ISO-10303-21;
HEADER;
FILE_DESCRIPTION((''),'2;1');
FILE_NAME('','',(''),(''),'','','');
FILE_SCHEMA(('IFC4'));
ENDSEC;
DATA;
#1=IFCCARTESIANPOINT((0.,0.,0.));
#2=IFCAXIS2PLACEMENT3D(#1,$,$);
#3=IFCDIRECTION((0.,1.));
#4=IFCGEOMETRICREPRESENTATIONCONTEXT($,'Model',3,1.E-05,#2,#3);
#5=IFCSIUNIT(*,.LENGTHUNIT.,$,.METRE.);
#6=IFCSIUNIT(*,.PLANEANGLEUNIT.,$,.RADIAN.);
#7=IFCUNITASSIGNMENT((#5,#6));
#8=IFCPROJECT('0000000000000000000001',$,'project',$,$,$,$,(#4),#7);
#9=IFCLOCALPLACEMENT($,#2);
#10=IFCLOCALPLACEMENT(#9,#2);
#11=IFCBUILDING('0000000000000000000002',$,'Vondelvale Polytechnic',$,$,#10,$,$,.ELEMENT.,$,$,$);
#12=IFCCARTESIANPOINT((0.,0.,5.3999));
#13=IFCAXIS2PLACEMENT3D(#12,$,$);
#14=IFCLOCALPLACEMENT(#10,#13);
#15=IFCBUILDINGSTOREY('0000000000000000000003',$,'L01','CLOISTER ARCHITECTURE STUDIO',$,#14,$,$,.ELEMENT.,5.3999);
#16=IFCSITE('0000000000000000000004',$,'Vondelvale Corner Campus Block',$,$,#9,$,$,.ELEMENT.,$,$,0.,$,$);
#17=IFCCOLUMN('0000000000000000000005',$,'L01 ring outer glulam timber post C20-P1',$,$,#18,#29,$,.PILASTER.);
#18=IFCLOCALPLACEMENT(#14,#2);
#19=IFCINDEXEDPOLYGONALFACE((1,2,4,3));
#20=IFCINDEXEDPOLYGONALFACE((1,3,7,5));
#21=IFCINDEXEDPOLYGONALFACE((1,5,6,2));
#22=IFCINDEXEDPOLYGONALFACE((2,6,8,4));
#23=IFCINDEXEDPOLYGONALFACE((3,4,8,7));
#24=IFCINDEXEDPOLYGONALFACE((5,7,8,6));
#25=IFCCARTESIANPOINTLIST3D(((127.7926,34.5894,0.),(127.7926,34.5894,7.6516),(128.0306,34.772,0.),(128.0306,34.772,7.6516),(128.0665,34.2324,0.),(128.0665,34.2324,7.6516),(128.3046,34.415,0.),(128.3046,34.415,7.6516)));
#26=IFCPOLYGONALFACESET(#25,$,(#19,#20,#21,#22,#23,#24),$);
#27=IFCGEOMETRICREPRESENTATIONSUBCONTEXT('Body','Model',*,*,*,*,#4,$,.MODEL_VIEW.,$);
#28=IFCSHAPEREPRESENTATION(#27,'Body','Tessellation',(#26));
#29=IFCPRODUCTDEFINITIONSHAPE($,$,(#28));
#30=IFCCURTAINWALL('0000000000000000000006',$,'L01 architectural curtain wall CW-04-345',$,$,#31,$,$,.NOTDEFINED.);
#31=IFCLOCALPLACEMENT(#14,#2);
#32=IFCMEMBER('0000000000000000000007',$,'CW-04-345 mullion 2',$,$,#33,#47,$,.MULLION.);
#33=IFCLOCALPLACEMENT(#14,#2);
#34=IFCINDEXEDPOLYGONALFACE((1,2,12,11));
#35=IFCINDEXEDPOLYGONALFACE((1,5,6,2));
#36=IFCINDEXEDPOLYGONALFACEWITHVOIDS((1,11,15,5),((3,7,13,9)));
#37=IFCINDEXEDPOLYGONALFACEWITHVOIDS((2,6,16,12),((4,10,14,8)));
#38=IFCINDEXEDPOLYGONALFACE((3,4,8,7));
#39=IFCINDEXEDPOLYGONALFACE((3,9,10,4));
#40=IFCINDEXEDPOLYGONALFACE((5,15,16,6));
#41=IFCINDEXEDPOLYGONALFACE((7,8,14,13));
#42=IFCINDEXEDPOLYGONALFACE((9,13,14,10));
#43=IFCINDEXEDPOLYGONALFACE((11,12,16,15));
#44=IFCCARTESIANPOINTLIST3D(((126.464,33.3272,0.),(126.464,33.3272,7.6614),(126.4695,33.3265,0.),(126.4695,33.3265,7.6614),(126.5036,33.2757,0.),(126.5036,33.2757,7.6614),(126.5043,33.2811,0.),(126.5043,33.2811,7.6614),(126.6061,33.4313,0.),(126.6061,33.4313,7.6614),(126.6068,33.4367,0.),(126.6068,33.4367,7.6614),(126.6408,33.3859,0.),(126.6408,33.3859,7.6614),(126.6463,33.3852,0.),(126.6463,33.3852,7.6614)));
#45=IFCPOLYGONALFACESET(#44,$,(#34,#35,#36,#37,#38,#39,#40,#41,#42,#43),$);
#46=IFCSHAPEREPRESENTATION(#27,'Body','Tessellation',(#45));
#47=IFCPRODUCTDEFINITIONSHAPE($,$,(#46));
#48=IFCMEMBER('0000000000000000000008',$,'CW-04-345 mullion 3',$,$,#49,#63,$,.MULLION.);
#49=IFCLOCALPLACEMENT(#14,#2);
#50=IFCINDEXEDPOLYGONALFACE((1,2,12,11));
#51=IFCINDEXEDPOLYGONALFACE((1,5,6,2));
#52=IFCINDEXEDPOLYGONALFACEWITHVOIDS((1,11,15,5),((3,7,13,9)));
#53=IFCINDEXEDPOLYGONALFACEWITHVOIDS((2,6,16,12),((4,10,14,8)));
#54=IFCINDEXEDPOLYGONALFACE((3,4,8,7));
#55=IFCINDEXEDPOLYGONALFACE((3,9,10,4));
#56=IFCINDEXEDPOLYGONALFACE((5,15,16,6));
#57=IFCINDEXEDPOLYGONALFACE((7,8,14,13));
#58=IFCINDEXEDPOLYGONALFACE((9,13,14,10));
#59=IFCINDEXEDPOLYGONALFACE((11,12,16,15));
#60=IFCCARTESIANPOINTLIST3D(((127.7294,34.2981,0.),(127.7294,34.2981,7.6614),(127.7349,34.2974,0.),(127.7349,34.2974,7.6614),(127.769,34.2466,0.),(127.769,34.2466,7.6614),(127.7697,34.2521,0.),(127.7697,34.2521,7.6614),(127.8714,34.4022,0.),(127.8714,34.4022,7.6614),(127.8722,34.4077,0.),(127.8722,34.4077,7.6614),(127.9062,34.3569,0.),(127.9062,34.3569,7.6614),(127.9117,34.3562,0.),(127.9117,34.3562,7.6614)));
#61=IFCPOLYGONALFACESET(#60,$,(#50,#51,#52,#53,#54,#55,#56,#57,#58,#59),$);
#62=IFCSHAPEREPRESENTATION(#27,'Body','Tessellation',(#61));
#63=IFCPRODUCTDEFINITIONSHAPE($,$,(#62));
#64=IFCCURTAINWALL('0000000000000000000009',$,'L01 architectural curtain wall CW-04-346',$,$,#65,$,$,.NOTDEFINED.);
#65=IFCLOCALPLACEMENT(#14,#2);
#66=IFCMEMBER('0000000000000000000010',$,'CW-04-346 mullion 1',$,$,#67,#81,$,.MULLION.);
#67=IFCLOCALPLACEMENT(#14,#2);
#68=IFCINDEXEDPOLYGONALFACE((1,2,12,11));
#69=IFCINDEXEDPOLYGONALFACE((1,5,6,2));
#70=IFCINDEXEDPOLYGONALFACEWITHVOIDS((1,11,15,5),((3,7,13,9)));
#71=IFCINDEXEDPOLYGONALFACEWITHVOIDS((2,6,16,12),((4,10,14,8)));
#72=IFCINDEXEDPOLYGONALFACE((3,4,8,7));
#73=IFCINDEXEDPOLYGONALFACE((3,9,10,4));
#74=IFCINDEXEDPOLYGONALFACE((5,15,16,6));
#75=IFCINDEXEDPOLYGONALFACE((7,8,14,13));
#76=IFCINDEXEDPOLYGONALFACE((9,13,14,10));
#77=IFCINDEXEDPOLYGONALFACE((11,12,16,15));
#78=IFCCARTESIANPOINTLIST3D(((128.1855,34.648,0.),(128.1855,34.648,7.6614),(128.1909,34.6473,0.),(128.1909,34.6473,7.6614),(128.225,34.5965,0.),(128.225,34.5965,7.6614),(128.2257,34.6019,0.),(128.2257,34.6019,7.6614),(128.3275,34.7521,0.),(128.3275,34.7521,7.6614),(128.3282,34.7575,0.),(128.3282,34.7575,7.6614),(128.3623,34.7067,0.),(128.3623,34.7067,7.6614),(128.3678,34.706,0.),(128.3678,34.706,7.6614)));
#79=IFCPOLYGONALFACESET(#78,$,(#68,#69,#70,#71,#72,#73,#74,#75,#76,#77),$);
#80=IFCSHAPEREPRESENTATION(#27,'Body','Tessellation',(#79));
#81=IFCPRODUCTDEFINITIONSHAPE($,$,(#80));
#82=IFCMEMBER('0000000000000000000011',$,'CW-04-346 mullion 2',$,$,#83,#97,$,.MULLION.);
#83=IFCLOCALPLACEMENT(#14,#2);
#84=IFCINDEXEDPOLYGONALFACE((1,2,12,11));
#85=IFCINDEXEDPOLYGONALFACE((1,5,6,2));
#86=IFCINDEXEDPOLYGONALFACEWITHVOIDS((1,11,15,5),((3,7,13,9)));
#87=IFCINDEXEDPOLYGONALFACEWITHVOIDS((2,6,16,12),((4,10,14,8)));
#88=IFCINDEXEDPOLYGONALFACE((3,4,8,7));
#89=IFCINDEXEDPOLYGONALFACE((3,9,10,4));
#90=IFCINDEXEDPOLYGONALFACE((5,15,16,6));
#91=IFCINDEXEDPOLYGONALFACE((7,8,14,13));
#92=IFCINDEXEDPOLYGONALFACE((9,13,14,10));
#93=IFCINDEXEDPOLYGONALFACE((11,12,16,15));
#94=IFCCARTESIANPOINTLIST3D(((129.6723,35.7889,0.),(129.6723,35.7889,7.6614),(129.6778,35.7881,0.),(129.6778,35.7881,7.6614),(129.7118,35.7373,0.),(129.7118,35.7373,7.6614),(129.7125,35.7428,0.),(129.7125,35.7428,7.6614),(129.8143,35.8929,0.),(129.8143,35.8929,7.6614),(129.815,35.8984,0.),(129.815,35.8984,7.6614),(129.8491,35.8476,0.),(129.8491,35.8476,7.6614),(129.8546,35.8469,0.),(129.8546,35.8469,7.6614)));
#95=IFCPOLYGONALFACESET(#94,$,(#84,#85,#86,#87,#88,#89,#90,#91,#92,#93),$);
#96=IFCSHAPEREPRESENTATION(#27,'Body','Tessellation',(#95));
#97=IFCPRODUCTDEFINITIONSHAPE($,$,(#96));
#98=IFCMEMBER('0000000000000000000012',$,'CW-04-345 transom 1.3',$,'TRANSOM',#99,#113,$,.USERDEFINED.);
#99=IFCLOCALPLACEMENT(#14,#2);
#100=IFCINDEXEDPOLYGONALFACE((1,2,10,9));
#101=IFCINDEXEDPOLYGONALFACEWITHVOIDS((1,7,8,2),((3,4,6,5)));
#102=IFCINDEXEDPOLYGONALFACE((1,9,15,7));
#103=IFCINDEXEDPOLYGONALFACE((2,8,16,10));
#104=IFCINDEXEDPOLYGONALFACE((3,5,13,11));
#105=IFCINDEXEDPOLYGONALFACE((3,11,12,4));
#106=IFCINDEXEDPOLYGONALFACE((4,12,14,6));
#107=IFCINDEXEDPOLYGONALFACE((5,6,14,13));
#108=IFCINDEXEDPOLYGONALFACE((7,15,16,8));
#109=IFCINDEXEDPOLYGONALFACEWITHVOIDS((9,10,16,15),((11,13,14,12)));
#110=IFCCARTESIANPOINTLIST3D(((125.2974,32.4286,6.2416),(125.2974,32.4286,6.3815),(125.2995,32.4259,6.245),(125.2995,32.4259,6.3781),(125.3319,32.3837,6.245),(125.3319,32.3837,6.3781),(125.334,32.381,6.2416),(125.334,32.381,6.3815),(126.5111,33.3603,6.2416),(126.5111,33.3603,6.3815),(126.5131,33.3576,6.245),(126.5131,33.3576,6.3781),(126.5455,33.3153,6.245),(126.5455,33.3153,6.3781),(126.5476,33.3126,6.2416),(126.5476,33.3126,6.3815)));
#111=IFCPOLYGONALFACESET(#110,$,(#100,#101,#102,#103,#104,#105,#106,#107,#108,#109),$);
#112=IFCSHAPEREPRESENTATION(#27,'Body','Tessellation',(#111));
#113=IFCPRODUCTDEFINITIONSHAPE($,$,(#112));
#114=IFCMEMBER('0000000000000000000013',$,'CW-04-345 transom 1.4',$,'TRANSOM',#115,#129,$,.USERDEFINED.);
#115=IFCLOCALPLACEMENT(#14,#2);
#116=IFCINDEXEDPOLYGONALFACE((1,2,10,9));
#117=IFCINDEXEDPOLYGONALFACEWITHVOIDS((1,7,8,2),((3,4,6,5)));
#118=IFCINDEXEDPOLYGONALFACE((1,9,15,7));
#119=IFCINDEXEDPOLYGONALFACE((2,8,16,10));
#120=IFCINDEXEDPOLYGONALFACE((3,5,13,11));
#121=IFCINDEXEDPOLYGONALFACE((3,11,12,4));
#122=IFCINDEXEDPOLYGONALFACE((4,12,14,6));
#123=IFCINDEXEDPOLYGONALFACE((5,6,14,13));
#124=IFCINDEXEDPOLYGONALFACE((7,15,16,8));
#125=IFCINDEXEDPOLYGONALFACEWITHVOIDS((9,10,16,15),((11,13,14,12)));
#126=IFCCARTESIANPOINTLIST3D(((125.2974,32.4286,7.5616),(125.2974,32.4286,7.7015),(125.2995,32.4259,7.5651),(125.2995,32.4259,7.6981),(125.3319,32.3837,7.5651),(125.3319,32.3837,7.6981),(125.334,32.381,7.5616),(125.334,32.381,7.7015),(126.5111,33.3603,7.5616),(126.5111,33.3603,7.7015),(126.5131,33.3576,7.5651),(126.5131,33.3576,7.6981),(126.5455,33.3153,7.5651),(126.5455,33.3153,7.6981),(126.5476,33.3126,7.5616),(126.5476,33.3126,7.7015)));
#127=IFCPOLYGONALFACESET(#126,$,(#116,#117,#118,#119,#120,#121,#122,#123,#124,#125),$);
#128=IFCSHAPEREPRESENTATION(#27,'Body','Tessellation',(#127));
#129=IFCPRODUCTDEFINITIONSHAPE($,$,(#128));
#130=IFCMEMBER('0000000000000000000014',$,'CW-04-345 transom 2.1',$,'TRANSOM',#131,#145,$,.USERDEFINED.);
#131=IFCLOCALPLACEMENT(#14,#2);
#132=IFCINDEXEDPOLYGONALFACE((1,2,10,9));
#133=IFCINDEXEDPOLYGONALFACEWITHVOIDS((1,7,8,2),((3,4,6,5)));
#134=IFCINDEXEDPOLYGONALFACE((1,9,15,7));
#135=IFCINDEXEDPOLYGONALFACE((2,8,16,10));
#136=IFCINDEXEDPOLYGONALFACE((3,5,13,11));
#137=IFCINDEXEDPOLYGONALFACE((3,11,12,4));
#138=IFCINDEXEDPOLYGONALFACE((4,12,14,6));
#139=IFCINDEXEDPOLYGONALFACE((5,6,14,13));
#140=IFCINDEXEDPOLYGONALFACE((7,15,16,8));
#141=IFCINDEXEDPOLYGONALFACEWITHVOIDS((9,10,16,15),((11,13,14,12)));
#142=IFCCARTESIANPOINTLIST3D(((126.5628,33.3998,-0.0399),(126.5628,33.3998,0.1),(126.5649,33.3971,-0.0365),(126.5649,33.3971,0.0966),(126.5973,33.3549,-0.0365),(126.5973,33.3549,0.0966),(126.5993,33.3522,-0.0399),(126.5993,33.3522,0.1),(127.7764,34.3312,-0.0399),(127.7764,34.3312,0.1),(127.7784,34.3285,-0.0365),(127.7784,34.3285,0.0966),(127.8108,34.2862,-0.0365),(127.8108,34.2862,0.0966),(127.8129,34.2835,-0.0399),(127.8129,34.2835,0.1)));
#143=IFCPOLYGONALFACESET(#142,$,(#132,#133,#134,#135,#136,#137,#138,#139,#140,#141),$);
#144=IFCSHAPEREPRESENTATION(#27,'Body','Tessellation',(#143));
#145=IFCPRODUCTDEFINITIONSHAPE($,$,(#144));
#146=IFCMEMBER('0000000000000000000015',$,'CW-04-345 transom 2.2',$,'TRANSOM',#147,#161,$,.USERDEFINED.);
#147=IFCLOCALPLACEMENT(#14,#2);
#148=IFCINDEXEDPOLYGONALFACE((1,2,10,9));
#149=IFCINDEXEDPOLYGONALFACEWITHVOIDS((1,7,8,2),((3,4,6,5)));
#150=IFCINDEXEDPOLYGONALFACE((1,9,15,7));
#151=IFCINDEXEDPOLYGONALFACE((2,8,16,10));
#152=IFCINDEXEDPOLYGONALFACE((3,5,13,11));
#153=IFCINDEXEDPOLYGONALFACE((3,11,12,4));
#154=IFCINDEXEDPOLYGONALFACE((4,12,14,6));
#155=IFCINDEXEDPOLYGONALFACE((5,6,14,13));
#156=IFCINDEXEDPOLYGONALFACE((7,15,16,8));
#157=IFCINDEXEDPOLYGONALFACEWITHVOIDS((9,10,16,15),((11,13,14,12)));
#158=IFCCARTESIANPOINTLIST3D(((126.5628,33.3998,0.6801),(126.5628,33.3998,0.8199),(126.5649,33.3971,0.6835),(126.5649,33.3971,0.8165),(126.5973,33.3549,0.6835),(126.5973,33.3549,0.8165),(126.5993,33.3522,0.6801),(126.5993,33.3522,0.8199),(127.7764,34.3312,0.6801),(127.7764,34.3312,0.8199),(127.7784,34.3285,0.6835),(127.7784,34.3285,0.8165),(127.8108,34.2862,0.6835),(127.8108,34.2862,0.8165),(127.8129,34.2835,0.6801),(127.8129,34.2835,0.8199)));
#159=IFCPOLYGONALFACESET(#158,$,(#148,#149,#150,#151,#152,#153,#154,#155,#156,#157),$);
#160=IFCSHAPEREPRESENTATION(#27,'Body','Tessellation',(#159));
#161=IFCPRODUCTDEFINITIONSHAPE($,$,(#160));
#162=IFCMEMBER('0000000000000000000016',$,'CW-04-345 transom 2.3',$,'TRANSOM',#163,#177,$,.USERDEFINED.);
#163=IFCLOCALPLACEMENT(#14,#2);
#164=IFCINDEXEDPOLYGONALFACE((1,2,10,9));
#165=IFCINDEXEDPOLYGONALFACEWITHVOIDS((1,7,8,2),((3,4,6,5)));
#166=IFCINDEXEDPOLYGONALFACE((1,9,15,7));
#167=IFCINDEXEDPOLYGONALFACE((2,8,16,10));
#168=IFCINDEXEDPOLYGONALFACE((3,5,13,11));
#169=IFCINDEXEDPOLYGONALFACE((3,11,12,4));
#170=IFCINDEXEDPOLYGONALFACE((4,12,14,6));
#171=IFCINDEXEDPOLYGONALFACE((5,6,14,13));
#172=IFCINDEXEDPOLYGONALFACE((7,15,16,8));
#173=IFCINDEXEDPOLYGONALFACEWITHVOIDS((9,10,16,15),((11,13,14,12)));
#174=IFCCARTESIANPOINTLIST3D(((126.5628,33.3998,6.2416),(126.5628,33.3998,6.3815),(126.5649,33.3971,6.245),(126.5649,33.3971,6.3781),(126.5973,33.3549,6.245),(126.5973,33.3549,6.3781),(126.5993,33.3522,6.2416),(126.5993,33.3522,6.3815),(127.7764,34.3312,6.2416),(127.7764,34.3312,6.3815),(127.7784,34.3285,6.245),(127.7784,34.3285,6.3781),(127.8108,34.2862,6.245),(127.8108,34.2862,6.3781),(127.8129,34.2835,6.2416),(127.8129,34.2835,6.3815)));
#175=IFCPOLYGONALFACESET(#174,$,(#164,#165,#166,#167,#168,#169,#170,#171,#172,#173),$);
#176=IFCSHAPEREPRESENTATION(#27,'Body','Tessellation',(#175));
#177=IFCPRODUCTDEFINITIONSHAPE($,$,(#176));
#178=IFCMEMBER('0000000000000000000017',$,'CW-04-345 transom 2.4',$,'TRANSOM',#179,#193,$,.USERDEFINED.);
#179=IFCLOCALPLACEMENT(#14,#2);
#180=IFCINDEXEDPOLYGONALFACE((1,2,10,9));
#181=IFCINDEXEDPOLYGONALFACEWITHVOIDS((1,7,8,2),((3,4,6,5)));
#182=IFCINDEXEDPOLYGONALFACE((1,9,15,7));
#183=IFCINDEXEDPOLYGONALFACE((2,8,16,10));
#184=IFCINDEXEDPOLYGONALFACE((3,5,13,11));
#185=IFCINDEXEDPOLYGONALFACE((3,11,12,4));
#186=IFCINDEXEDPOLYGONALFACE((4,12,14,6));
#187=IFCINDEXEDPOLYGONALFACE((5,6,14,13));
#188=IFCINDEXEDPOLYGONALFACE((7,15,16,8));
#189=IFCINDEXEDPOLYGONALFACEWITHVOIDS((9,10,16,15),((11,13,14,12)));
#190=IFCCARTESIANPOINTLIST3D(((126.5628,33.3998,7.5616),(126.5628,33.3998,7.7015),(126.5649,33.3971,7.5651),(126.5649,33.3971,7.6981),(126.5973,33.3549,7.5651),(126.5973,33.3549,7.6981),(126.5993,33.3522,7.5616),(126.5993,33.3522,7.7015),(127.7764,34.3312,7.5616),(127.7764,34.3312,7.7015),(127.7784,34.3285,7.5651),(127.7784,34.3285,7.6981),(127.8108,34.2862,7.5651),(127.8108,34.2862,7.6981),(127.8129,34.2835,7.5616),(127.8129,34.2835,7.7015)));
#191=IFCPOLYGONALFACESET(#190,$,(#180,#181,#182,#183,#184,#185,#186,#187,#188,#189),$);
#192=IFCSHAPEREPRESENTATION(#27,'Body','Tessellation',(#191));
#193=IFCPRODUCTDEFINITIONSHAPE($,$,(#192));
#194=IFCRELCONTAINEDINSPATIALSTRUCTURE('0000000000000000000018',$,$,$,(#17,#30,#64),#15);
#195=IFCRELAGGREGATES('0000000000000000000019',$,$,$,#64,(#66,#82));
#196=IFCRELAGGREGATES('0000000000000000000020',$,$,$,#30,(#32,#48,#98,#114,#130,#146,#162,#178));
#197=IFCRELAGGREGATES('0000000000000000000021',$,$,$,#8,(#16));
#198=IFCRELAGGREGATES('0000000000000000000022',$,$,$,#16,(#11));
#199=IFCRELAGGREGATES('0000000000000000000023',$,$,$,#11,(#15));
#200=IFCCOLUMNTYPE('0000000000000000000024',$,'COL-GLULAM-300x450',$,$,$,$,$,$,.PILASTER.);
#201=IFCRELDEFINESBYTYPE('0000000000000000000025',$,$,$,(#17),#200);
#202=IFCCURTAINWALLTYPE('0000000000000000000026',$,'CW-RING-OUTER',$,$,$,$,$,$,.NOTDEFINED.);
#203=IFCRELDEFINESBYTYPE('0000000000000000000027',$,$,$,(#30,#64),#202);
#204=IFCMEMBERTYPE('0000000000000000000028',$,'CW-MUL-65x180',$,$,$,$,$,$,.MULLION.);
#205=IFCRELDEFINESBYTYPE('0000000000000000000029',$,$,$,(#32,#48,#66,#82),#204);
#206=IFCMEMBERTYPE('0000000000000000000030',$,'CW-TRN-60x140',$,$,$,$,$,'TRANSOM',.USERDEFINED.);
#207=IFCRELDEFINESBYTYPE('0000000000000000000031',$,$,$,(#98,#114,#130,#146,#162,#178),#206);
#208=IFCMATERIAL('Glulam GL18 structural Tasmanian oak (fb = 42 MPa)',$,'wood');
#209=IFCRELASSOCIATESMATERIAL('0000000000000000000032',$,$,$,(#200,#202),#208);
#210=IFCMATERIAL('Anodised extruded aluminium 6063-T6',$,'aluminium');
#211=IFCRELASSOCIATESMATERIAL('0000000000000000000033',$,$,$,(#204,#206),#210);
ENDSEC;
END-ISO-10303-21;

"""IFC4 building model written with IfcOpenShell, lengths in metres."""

from ifc_helpers import new_model, si_unit, direction, frame, origin, origin_2d, place, context, subcontext, project, spatial, rectangle, hollow_rectangle, extrude, material, material_profile, profile_set, type_object, element, aggregate, save


model = new_model("IFC4")

# Units and contexts
model_context = context("Model", 3, precision=1e-05, world=origin(), true_north=direction((0.0, 1.0)))
body_context = subcontext(model_context, "Body", "Model", "MODEL_VIEW")
ifc_project = project(units=[si_unit("LENGTHUNIT", "METRE"), si_unit("PLANEANGLEUNIT", "RADIAN")], contexts=[model_context])

# Site, building, storey
site_placement = place(None, origin())
site = spatial("IfcSite", under=ifc_project, at=site_placement, Name="Vondelvale Corner Campus Block", CompositionType="ELEMENT", RefElevation=0.0)
building_placement = place(site_placement, origin())
building = spatial("IfcBuilding", under=site, at=building_placement, Name="Vondelvale Polytechnic", CompositionType="ELEMENT")
storey_placement = place(building_placement, frame((0.0, 0.0, 5.3999)))
storey = spatial("IfcBuildingStorey", under=building, at=storey_placement, Name="L01", Description="CLOISTER ARCHITECTURE STUDIO", CompositionType="ELEMENT", Elevation=5.3999)

# Column
ifc_material_1 = material(Name="Glulam GL18 structural Tasmanian oak (fb = 42 MPa)", Category="wood")
ifc_material_profile_1 = material_profile(ifc_material_1, rectangle(XDim=0.3, YDim=0.45, at=origin_2d()), Name="GL-POST-300x450")
ifc_profile_set_1 = profile_set([ifc_material_profile_1], Name="Glulam GL18 structural Tasmanian oak (fb = 42 MPa)")
column_type = type_object("IfcColumnType", Name="COL-GLULAM-300x450", PredefinedType="PILASTER", material=ifc_profile_set_1)
column_placement = place(storey_placement, frame((128.0486, 34.5022, 0.0), z_axis=(0.0, 0.0, 1.0), x_axis=(0.793353, 0.608761, 0.0)))
element("IfcColumn", 1, at=column_placement, inside=storey, type_object=column_type, Name="L01 ring outer glulam timber post C20-P1", PredefinedType="PILASTER", context=body_context, shape_type="SweptSolid", body=[
    extrude(rectangle(XDim=0.3, YDim=0.45, at=origin_2d()), origin(), (0.0, 0.0, 1.0), 7.6516),
])

# Curtain walls, members
curtain_wall_type = type_object("IfcCurtainWallType", Name="CW-RING-OUTER", PredefinedType="NOTDEFINED", material=ifc_material_1)
curtain_wall_1_placement = place(storey_placement, origin())
curtain_wall_1 = element("IfcCurtainWall", 2, at=curtain_wall_1_placement, inside=storey, type_object=curtain_wall_type, Name="L01 architectural curtain wall CW-04-345", PredefinedType="NOTDEFINED")
ifc_material_2 = material(Name="Anodised extruded aluminium 6063-T6", Category="aluminium")
ifc_material_profile_2 = material_profile(ifc_material_2, hollow_rectangle(XDim=0.0649, YDim=0.1799, WallThickness=0.0039, at=origin_2d()), Name="CW-MUL-180x65")
ifc_profile_set_2 = profile_set([ifc_material_profile_2], Name="Anodised extruded aluminium 6063-T6")
member_type_1 = type_object("IfcMemberType", Name="CW-MUL-65x180", PredefinedType="MULLION", material=ifc_profile_set_2)
member_1_placement = place(storey_placement, frame((126.5552, 33.3562, 0.0), z_axis=(0.0, 0.0, 1.0), x_axis=(-0.608787, 0.793334, 0.0)))
member_1 = element("IfcMember", 3, at=member_1_placement, type_object=member_type_1, Name="CW-04-345 mullion 2", PredefinedType="MULLION", context=body_context, shape_type="SweptSolid", body=[
    extrude(hollow_rectangle(XDim=0.0649, YDim=0.1799, WallThickness=0.0039, at=origin_2d()), origin(), (0.0, 0.0, 1.0), 7.6614),
])
member_2_placement = place(storey_placement, frame((127.8206, 34.3271, 0.0), z_axis=(0.0, 0.0, 1.0), x_axis=(-0.608787, 0.793334, 0.0)))
member_2 = element("IfcMember", 4, at=member_2_placement, type_object=member_type_1, Name="CW-04-345 mullion 3", PredefinedType="MULLION", context=body_context, shape_type="SweptSolid", body=[
    extrude(hollow_rectangle(XDim=0.0649, YDim=0.1799, WallThickness=0.0039, at=origin_2d()), origin(), (0.0, 0.0, 1.0), 7.6614),
])
curtain_wall_2_placement = place(storey_placement, origin())
curtain_wall_2 = element("IfcCurtainWall", 5, at=curtain_wall_2_placement, inside=storey, type_object=curtain_wall_type, Name="L01 architectural curtain wall CW-04-346", PredefinedType="NOTDEFINED")
member_3_placement = place(storey_placement, frame((128.2766, 34.677, 0.0), z_axis=(0.0, 0.0, 1.0), x_axis=(-0.608771, 0.793346, 0.0)))
member_3 = element("IfcMember", 6, at=member_3_placement, type_object=member_type_1, Name="CW-04-346 mullion 1", PredefinedType="MULLION", context=body_context, shape_type="SweptSolid", body=[
    extrude(hollow_rectangle(XDim=0.0649, YDim=0.1799, WallThickness=0.0039, at=origin_2d()), origin(), (0.0, 0.0, 1.0), 7.6614),
])
member_4_placement = place(storey_placement, frame((129.7634, 35.8179, 0.0), z_axis=(0.0, 0.0, 1.0), x_axis=(-0.608771, 0.793346, 0.0)))
member_4 = element("IfcMember", 7, at=member_4_placement, type_object=member_type_1, Name="CW-04-346 mullion 2", PredefinedType="MULLION", context=body_context, shape_type="SweptSolid", body=[
    extrude(hollow_rectangle(XDim=0.0649, YDim=0.1799, WallThickness=0.0039, at=origin_2d()), origin(), (0.0, 0.0, 1.0), 7.6614),
])

# Members
ifc_material_profile_3 = material_profile(ifc_material_2, hollow_rectangle(XDim=0.0601, YDim=0.1399, WallThickness=0.0034, at=origin_2d()), Name="CW-TRN-140x60")
ifc_profile_set_3 = profile_set([ifc_material_profile_3], Name="Anodised extruded aluminium 6063-T6")
member_type_2 = type_object("IfcMemberType", Name="CW-TRN-60x140", ElementType="TRANSOM", PredefinedType="USERDEFINED", material=ifc_profile_set_3)
member_5_placement = place(storey_placement, frame((125.3157, 32.4048, 6.3115), z_axis=(0.793229, 0.608924, 0.0), x_axis=(-0.608924, 0.793229, 0.0)))
member_5 = element("IfcMember", 8, at=member_5_placement, type_object=member_type_2, Name="CW-04-345 transom 1.3", ObjectType="TRANSOM", PredefinedType="USERDEFINED", context=body_context, shape_type="SweptSolid", body=[
    extrude(hollow_rectangle(XDim=0.0601, YDim=0.1399, WallThickness=0.0034, at=origin_2d()), origin(), (0.0, 0.0, 1.0), 1.53),
])
member_6_placement = place(storey_placement, frame((125.3157, 32.4048, 7.6316), z_axis=(0.793229, 0.608924, 0.0), x_axis=(-0.608924, 0.793229, 0.0)))
member_6 = element("IfcMember", 9, at=member_6_placement, type_object=member_type_2, Name="CW-04-345 transom 1.4", ObjectType="TRANSOM", PredefinedType="USERDEFINED", context=body_context, shape_type="SweptSolid", body=[
    extrude(hollow_rectangle(XDim=0.0601, YDim=0.1399, WallThickness=0.0034, at=origin_2d()), origin(), (0.0, 0.0, 1.0), 1.53),
])
member_7_placement = place(storey_placement, frame((126.5811, 33.376, 0.03), z_axis=(0.793306, 0.608823, 0.0), x_axis=(-0.608823, 0.793306, 0.0)))
member_7 = element("IfcMember", 10, at=member_7_placement, type_object=member_type_2, Name="CW-04-345 transom 2.1", ObjectType="TRANSOM", PredefinedType="USERDEFINED", context=body_context, shape_type="SweptSolid", body=[
    extrude(hollow_rectangle(XDim=0.0601, YDim=0.1399, WallThickness=0.0034, at=origin_2d()), origin(), (0.0, 0.0, 1.0), 1.5298),
])
member_8_placement = place(storey_placement, frame((126.5811, 33.376, 0.75), z_axis=(0.793306, 0.608823, 0.0), x_axis=(-0.608823, 0.793306, 0.0)))
member_8 = element("IfcMember", 11, at=member_8_placement, type_object=member_type_2, Name="CW-04-345 transom 2.2", ObjectType="TRANSOM", PredefinedType="USERDEFINED", context=body_context, shape_type="SweptSolid", body=[
    extrude(hollow_rectangle(XDim=0.0601, YDim=0.1399, WallThickness=0.0034, at=origin_2d()), origin(), (0.0, 0.0, 1.0), 1.5298),
])
member_9_placement = place(storey_placement, frame((126.5811, 33.376, 6.3115), z_axis=(0.793306, 0.608823, 0.0), x_axis=(-0.608823, 0.793306, 0.0)))
member_9 = element("IfcMember", 12, at=member_9_placement, type_object=member_type_2, Name="CW-04-345 transom 2.3", ObjectType="TRANSOM", PredefinedType="USERDEFINED", context=body_context, shape_type="SweptSolid", body=[
    extrude(hollow_rectangle(XDim=0.0601, YDim=0.1399, WallThickness=0.0034, at=origin_2d()), origin(), (0.0, 0.0, 1.0), 1.5298),
])
member_10_placement = place(storey_placement, frame((126.5811, 33.376, 7.6316), z_axis=(0.793306, 0.608823, 0.0), x_axis=(-0.608823, 0.793306, 0.0)))
member_10 = element("IfcMember", 13, at=member_10_placement, type_object=member_type_2, Name="CW-04-345 transom 2.4", ObjectType="TRANSOM", PredefinedType="USERDEFINED", context=body_context, shape_type="SweptSolid", body=[
    extrude(hollow_rectangle(XDim=0.0601, YDim=0.1399, WallThickness=0.0034, at=origin_2d()), origin(), (0.0, 0.0, 1.0), 1.5298),
])

aggregate(curtain_wall_2, [member_3, member_4])
aggregate(curtain_wall_1, [member_1, member_2, member_5, member_6, member_7, member_8, member_9, member_10])

save(model, "model.ifc")
